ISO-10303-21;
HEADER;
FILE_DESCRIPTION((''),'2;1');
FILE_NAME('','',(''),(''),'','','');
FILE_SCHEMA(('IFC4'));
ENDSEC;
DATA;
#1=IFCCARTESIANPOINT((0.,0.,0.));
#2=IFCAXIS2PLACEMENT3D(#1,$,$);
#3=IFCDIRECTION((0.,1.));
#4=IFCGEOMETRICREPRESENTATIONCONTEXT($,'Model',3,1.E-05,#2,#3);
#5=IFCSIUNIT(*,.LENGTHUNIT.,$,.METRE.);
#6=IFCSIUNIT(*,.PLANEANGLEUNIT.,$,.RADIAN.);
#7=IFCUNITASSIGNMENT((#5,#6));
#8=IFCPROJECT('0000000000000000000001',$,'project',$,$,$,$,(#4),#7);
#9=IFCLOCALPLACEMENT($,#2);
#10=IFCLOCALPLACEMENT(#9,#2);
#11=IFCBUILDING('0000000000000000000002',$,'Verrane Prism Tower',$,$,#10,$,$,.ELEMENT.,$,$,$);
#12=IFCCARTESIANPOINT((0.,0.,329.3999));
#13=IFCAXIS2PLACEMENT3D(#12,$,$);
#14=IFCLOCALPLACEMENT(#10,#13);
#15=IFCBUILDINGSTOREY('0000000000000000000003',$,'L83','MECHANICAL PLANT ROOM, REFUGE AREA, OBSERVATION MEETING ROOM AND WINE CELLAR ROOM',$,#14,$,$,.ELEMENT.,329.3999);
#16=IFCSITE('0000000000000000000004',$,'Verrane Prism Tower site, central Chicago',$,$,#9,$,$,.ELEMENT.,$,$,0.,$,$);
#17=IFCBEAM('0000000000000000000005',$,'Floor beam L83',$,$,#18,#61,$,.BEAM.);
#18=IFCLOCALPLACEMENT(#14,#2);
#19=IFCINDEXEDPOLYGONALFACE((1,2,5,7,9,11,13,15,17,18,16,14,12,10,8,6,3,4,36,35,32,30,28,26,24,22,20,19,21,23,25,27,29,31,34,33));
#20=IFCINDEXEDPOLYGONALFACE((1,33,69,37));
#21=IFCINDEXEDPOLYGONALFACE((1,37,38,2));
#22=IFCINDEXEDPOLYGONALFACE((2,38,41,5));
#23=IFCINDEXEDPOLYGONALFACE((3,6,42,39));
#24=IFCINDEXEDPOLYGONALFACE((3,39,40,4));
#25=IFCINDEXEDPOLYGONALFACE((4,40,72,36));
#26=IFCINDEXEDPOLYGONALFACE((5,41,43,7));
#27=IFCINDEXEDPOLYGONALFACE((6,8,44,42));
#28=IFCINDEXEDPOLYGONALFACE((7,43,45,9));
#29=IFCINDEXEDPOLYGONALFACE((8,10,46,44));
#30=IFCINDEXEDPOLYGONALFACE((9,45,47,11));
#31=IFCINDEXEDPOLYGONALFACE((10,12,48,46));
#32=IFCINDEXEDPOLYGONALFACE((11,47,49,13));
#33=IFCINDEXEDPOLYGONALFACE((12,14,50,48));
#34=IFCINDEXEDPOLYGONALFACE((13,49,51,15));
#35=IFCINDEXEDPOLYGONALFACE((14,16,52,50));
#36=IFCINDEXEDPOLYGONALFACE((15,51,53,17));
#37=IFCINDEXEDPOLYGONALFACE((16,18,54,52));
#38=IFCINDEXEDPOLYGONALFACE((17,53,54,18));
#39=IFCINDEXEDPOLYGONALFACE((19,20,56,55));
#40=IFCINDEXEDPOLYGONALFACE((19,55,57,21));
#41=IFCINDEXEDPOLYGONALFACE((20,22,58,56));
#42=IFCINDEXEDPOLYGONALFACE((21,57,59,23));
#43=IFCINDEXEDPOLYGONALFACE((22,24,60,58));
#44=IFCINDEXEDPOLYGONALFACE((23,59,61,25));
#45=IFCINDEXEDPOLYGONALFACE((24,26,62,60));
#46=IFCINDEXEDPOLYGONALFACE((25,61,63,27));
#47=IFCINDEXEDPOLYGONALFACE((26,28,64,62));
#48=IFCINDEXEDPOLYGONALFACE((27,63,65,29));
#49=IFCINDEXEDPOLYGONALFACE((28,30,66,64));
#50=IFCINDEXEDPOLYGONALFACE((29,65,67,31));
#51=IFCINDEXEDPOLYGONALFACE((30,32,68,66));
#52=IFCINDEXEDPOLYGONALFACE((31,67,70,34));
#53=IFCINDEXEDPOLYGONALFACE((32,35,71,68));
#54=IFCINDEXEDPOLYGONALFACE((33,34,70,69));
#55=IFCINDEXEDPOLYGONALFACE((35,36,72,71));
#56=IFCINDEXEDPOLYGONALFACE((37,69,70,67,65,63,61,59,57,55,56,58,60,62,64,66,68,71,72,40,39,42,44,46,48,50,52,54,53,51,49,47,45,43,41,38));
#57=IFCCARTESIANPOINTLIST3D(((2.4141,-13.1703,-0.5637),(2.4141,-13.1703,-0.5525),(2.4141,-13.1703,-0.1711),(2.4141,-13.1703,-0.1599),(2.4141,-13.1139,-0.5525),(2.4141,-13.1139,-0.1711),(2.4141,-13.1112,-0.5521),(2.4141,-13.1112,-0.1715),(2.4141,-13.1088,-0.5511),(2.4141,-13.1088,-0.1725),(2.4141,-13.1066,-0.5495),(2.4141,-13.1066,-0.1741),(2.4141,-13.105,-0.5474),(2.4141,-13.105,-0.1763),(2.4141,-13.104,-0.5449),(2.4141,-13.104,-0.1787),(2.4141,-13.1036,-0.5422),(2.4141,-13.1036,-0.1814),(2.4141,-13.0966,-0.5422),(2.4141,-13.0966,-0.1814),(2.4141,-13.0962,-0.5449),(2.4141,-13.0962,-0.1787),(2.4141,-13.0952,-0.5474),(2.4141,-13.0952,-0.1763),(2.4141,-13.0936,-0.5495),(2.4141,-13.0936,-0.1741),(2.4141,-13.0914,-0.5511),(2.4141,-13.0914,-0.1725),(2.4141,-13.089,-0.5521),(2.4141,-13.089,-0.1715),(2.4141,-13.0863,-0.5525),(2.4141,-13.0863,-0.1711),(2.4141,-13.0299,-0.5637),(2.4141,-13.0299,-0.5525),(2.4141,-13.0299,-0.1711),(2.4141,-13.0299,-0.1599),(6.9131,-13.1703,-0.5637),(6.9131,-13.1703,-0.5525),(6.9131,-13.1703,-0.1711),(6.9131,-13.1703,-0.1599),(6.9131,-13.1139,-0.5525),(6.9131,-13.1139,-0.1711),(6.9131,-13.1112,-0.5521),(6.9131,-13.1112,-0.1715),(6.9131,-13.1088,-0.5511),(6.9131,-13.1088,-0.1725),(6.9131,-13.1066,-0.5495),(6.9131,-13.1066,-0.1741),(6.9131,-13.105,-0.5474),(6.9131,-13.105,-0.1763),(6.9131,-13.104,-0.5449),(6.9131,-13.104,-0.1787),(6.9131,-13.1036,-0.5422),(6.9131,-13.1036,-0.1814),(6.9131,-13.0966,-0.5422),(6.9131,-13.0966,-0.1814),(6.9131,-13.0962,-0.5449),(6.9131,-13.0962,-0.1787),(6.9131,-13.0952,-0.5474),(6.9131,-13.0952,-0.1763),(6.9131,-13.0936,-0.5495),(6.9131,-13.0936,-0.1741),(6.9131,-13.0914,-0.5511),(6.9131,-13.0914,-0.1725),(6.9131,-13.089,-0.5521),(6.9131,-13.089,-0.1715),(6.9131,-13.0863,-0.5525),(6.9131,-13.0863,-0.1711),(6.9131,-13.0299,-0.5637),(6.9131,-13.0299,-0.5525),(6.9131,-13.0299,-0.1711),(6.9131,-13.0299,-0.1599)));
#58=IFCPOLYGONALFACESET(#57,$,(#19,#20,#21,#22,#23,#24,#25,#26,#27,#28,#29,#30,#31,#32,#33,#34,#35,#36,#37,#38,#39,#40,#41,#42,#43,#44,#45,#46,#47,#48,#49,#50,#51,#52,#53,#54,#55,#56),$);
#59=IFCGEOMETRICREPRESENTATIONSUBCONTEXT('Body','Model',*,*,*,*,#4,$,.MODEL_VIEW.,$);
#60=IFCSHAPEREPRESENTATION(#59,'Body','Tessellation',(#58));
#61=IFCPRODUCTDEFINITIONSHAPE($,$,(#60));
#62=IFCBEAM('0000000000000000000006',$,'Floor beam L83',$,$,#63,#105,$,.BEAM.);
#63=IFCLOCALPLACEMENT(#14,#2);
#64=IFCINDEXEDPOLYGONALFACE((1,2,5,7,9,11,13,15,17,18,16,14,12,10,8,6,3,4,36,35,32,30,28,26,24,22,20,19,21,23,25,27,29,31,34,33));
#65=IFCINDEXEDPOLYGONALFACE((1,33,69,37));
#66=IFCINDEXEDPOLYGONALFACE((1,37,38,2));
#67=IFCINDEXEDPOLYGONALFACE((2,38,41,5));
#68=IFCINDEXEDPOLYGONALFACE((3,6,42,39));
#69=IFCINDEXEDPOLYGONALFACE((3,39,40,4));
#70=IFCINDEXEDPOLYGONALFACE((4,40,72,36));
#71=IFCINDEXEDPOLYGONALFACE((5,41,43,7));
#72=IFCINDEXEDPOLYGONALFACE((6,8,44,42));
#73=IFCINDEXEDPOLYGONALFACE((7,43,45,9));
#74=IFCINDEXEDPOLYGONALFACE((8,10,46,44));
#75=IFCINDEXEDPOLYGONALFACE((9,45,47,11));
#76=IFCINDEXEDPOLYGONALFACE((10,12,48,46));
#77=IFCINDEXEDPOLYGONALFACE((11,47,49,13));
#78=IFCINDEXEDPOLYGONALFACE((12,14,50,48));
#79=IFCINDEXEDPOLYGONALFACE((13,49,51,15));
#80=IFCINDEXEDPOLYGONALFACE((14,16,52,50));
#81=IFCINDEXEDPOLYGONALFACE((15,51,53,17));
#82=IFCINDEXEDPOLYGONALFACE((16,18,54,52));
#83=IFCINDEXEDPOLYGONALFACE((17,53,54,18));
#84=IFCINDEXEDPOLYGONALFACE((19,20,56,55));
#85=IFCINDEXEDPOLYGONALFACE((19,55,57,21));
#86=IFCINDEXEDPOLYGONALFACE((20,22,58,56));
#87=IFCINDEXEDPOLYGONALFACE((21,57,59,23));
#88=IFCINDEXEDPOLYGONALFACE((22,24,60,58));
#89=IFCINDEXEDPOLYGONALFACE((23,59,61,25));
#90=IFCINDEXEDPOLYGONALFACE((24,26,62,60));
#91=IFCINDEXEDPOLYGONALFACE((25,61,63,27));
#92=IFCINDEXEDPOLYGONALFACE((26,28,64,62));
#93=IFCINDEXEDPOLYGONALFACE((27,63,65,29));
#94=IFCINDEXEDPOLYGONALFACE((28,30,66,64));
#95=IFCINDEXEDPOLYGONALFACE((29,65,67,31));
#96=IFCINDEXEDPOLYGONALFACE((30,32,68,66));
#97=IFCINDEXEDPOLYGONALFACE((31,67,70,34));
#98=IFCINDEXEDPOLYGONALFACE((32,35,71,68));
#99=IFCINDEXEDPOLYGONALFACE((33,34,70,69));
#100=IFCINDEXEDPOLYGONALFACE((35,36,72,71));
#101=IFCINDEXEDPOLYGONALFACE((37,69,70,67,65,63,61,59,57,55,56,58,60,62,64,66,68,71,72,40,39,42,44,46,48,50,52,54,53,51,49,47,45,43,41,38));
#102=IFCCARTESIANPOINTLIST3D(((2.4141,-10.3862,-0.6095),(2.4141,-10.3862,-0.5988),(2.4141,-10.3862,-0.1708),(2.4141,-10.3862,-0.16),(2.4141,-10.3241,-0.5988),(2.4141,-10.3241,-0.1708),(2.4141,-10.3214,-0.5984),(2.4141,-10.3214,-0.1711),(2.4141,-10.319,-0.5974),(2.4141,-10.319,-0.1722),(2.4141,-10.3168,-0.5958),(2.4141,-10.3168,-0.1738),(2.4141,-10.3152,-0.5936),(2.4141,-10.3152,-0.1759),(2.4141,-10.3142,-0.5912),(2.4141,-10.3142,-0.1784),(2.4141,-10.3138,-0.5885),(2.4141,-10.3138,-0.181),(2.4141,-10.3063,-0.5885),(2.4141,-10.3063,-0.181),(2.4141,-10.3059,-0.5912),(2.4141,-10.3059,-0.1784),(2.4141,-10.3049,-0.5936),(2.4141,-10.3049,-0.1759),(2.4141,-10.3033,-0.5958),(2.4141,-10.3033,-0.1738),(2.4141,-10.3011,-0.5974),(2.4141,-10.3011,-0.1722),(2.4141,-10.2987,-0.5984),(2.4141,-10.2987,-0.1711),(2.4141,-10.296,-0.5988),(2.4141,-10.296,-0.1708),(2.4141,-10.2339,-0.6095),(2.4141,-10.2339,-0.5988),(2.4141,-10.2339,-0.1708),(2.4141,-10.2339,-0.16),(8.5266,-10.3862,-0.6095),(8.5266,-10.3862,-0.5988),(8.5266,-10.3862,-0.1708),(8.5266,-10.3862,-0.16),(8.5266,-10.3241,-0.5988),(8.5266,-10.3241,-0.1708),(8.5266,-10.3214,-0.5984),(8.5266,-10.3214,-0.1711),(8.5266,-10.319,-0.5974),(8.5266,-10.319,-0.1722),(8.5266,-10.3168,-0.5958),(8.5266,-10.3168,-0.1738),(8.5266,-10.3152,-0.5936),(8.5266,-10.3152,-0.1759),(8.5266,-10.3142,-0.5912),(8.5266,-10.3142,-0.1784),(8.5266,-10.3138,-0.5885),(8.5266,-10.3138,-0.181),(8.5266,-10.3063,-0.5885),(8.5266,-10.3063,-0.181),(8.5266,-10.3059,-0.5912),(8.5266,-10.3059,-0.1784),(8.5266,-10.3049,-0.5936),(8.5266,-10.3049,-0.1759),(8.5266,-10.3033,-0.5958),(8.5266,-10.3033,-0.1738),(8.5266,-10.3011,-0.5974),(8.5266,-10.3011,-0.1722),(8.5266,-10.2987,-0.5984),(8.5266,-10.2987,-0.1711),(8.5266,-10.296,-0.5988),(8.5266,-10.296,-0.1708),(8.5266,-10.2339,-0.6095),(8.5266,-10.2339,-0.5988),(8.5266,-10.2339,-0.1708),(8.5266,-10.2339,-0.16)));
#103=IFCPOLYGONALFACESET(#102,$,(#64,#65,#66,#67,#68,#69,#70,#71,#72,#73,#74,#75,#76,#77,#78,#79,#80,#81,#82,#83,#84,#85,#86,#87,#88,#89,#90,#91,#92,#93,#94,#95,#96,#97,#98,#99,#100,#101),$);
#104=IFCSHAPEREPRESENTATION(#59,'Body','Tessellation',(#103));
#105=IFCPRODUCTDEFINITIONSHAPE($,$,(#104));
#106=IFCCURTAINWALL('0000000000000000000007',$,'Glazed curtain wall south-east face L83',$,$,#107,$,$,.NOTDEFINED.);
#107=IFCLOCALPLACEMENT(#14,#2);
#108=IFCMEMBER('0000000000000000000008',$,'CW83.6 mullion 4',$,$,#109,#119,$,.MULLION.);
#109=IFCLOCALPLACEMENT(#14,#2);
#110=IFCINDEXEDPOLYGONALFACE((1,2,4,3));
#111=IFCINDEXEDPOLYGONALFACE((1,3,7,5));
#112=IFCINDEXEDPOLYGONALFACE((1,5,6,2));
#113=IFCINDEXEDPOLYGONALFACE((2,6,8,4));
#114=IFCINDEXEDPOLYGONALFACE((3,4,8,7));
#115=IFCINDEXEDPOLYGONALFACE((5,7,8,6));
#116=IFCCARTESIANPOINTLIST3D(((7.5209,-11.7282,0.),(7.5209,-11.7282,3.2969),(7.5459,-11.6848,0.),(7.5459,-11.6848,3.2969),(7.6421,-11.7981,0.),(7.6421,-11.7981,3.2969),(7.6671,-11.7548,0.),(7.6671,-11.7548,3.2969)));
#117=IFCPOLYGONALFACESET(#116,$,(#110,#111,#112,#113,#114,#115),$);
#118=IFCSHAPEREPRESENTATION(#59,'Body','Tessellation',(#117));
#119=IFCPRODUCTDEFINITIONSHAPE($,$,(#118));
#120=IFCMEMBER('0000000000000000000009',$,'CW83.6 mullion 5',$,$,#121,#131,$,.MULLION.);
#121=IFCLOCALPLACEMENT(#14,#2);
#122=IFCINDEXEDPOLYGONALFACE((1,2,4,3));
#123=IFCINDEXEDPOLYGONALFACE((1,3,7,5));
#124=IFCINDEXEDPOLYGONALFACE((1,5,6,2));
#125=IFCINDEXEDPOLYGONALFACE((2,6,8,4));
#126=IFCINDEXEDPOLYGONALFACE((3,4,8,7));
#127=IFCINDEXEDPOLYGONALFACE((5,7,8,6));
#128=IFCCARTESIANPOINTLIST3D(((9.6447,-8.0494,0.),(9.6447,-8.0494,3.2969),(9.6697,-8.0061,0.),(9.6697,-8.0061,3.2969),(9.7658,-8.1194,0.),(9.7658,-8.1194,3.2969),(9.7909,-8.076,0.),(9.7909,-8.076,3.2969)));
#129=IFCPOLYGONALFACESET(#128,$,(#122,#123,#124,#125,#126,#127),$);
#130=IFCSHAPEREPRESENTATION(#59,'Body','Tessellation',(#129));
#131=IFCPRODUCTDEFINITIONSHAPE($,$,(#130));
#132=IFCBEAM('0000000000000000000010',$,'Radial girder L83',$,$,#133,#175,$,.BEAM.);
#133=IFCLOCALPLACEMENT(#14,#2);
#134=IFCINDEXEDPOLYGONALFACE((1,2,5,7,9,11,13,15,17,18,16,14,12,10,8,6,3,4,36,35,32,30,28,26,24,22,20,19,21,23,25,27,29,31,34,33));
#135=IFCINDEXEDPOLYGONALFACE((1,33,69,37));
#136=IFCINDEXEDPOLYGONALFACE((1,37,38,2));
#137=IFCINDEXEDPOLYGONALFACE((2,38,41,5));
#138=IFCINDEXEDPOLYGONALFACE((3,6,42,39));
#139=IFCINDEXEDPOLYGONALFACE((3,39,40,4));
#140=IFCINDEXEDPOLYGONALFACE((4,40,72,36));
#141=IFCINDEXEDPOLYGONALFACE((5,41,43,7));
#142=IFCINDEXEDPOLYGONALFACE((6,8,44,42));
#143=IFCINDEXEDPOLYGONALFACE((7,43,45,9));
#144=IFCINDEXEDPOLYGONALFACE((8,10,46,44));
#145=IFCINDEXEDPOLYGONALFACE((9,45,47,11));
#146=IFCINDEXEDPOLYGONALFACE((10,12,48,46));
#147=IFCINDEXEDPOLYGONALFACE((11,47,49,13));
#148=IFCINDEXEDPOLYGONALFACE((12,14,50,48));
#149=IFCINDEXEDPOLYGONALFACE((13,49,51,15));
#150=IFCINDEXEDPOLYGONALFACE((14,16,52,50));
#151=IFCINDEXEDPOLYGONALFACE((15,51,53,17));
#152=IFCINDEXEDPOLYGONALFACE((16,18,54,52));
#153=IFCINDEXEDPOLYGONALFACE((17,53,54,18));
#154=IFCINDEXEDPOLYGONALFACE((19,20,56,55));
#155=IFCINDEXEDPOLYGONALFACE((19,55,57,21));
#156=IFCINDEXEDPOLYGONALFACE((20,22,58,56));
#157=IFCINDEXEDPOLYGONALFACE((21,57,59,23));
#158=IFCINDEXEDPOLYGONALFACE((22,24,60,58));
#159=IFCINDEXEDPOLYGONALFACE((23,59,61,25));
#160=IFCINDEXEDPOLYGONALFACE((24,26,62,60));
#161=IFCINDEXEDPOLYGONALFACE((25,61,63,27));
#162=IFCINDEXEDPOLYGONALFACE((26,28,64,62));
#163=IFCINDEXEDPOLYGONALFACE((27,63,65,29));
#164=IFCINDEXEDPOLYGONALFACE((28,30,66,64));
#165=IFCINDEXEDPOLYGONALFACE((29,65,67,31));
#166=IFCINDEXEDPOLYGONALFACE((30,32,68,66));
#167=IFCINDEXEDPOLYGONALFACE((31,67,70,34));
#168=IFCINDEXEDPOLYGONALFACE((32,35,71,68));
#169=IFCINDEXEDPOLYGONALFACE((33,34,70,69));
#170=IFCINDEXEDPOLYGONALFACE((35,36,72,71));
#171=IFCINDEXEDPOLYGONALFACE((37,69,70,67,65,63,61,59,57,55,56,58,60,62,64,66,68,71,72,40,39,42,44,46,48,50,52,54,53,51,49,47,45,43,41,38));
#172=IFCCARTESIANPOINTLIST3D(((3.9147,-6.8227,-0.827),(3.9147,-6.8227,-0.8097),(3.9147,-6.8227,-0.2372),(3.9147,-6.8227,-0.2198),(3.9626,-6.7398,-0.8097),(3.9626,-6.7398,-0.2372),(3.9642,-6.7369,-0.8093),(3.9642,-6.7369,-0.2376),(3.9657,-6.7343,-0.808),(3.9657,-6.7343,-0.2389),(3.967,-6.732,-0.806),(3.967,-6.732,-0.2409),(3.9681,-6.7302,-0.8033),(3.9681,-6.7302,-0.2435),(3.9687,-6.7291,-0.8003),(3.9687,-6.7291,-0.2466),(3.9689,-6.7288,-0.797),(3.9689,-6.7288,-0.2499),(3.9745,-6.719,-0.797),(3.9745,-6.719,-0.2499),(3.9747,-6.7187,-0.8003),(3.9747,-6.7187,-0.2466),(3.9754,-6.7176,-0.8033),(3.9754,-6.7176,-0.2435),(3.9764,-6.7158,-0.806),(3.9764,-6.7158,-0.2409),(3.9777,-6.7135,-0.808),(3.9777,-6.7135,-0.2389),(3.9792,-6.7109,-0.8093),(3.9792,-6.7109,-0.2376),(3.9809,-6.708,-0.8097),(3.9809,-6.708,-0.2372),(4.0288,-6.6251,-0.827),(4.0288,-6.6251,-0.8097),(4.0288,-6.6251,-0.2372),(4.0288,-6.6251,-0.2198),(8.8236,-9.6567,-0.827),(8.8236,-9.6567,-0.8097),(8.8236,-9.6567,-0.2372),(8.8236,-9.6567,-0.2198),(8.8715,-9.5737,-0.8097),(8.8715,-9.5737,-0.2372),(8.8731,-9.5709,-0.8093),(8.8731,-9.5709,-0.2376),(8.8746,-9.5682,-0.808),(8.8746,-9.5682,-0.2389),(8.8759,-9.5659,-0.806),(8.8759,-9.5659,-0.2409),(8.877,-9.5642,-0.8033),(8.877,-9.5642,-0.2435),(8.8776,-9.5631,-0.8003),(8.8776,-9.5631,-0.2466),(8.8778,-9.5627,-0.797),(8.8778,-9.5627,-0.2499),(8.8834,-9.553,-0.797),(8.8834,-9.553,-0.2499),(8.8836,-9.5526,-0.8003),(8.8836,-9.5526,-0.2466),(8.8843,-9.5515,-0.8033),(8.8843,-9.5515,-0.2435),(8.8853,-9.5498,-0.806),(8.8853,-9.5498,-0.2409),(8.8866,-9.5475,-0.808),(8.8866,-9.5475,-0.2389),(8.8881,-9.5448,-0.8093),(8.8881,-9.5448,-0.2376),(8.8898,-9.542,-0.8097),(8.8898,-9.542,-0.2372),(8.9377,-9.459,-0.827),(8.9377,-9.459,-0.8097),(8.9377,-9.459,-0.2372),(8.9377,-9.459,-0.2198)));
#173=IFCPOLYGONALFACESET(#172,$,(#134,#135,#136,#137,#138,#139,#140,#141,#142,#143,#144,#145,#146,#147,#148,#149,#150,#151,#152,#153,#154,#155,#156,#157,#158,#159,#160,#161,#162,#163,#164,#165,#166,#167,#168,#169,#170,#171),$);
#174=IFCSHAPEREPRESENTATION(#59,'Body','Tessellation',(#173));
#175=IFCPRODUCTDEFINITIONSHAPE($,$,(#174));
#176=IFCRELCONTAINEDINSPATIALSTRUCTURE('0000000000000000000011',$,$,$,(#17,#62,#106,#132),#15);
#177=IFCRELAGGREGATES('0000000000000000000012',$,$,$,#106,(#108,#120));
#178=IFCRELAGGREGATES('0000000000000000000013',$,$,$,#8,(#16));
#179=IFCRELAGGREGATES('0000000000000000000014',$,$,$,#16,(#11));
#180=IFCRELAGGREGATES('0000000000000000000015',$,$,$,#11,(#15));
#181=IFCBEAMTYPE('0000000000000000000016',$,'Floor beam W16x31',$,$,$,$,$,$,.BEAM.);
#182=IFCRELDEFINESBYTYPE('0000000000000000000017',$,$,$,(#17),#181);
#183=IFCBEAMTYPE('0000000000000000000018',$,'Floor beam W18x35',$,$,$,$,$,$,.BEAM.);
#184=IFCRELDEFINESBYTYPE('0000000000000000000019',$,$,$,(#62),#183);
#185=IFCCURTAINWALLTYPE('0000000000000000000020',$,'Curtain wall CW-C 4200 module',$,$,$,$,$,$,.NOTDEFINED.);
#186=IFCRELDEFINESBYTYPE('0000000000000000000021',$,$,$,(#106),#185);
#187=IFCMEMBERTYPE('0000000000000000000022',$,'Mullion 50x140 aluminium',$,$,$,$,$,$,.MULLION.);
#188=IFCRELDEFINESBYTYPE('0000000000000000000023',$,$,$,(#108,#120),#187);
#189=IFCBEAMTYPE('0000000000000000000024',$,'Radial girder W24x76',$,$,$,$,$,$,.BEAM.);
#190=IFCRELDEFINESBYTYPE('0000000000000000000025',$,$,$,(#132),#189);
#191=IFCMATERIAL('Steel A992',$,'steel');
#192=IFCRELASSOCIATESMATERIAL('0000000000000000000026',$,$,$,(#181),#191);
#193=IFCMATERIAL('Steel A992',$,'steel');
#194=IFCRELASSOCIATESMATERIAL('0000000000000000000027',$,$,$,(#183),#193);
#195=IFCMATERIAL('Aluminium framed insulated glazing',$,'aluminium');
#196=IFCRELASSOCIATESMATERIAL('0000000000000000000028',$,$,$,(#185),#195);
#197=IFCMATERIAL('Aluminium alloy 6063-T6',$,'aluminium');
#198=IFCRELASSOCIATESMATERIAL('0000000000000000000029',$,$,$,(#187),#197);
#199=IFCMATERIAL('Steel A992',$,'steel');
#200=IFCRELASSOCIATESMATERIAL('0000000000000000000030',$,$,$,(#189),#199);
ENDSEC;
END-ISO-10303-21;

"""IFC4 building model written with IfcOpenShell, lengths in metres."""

from ifc_helpers import new_model, si_unit, direction, frame, origin, origin_2d, place, context, subcontext, project, spatial, rectangle, i_section, extrude, material, material_profile, profile_set, type_object, element, aggregate, save


model = new_model("IFC4")

# Units and contexts
model_context = context("Model", 3, precision=1e-05, world=origin(), true_north=direction((0.0, 1.0)))
body_context = subcontext(model_context, "Body", "Model", "MODEL_VIEW")
ifc_project = project(units=[si_unit("LENGTHUNIT", "METRE"), si_unit("PLANEANGLEUNIT", "RADIAN")], contexts=[model_context])

# Site, building, storey
site_placement = place(None, origin())
site = spatial("IfcSite", under=ifc_project, at=site_placement, Name="Verrane Prism Tower site, central Chicago", CompositionType="ELEMENT", RefElevation=0.0)
building_placement = place(site_placement, origin())
building = spatial("IfcBuilding", under=site, at=building_placement, Name="Verrane Prism Tower", CompositionType="ELEMENT")
storey_placement = place(building_placement, frame((0.0, 0.0, 329.3999)))
storey = spatial("IfcBuildingStorey", under=building, at=storey_placement, Name="L83", Description="MECHANICAL PLANT ROOM, REFUGE AREA, OBSERVATION MEETING ROOM AND WINE CELLAR ROOM", CompositionType="ELEMENT", Elevation=329.3999)

# Beams
ifc_material_1 = material(Name="Steel A992", Category="steel")
ifc_material_profile_1 = material_profile(ifc_material_1, i_section(OverallWidth=0.1404, OverallDepth=0.4038, WebThickness=0.0071, FlangeThickness=0.0112, FilletRadius=0.0103, at=origin_2d()), Name="W16x31")
ifc_profile_set_1 = profile_set([ifc_material_profile_1], Name="Steel A992")
beam_type_1 = type_object("IfcBeamType", Name="Floor beam W16x31", PredefinedType="BEAM", material=ifc_profile_set_1)
beam_1_placement = place(storey_placement, frame((2.4141, -13.1001, -0.3618), z_axis=(1.0, 0.0, 0.0), x_axis=(0.0, 1.0, 0.0)))
element("IfcBeam", 1, at=beam_1_placement, inside=storey, type_object=beam_type_1, Name="Floor beam L83", PredefinedType="BEAM", context=body_context, shape_type="SweptSolid", body=[
    extrude(i_section(OverallWidth=0.1404, OverallDepth=0.4038, WebThickness=0.0071, FlangeThickness=0.0112, FilletRadius=0.0103, at=origin_2d()), origin(), (0.0, 0.0, 1.0), 4.499),
])
ifc_material_2 = material(Name="Steel A992", Category="steel")
ifc_material_profile_2 = material_profile(ifc_material_2, i_section(OverallWidth=0.1523, OverallDepth=0.4495, WebThickness=0.0076, FlangeThickness=0.0107, FilletRadius=0.0103, at=origin_2d()), Name="W18x35")
ifc_profile_set_2 = profile_set([ifc_material_profile_2], Name="Steel A992")
beam_type_2 = type_object("IfcBeamType", Name="Floor beam W18x35", PredefinedType="BEAM", material=ifc_profile_set_2)
beam_2_placement = place(storey_placement, frame((2.4141, -10.3101, -0.3848), z_axis=(1.0, 0.0, 0.0), x_axis=(0.0, 1.0, 0.0)))
element("IfcBeam", 2, at=beam_2_placement, inside=storey, type_object=beam_type_2, Name="Floor beam L83", PredefinedType="BEAM", context=body_context, shape_type="SweptSolid", body=[
    extrude(i_section(OverallWidth=0.1523, OverallDepth=0.4495, WebThickness=0.0076, FlangeThickness=0.0107, FilletRadius=0.0103, at=origin_2d()), origin(), (0.0, 0.0, 1.0), 6.1125),
])

# Curtain wall, members
ifc_material_3 = material(Name="Aluminium framed insulated glazing", Category="aluminium")
curtain_wall_type = type_object("IfcCurtainWallType", Name="Curtain wall CW-C 4200 module", PredefinedType="NOTDEFINED", material=ifc_material_3)
curtain_wall_placement = place(storey_placement, origin())
curtain_wall = element("IfcCurtainWall", 3, at=curtain_wall_placement, inside=storey, type_object=curtain_wall_type, Name="Glazed curtain wall south-east face L83", PredefinedType="NOTDEFINED")
ifc_material_4 = material(Name="Aluminium alloy 6063-T6", Category="aluminium")
ifc_material_profile_3 = material_profile(ifc_material_4, rectangle(XDim=0.1399, YDim=0.05, at=origin_2d()), Name="Mullion 50x140 aluminium")
ifc_profile_set_3 = profile_set([ifc_material_profile_3], Name="Aluminium alloy 6063-T6")
member_type_1 = type_object("IfcMemberType", Name="Mullion 50x140 aluminium", PredefinedType="MULLION", material=ifc_profile_set_3)
member_1_placement = place(storey_placement, frame((7.594, -11.7415, 0.0), z_axis=(0.0, 0.0, 1.0), x_axis=(-0.866025, 0.5, 0.0)))
member_1 = element("IfcMember", 4, at=member_1_placement, type_object=member_type_1, Name="CW83.6 mullion 4", PredefinedType="MULLION", context=body_context, shape_type="SweptSolid", body=[
    extrude(rectangle(XDim=0.1399, YDim=0.05, at=origin_2d()), origin(), (0.0, 0.0, 1.0), 3.2969),
])
member_2_placement = place(storey_placement, frame((9.7178, -8.0627, 0.0), z_axis=(0.0, 0.0, 1.0), x_axis=(-0.866025, 0.5, 0.0)))
member_2 = element("IfcMember", 5, at=member_2_placement, type_object=member_type_1, Name="CW83.6 mullion 5", PredefinedType="MULLION", context=body_context, shape_type="SweptSolid", body=[
    extrude(rectangle(XDim=0.1399, YDim=0.05, at=origin_2d()), origin(), (0.0, 0.0, 1.0), 3.2969),
])

# Beam
ifc_material_5 = material(Name="Steel A992", Category="steel")
ifc_material_profile_4 = material_profile(ifc_material_5, i_section(OverallWidth=0.2283, OverallDepth=0.6072, WebThickness=0.0112, FlangeThickness=0.0173, FilletRadius=0.0127, at=origin_2d()), Name="W24x76")
ifc_profile_set_4 = profile_set([ifc_material_profile_4], Name="Steel A992")
beam_type_3 = type_object("IfcBeamType", Name="Radial girder W24x76", PredefinedType="BEAM", material=ifc_profile_set_4)
beam_3_placement = place(storey_placement, frame((8.8806, -9.5579, -0.5234), z_axis=(-0.86604, 0.499975, 0.0), x_axis=(-0.499975, -0.86604, 0.0)))
element("IfcBeam", 6, at=beam_3_placement, inside=storey, type_object=beam_type_3, Name="Radial girder L83", PredefinedType="BEAM", context=body_context, shape_type="SweptSolid", body=[
    extrude(i_section(OverallWidth=0.2283, OverallDepth=0.6072, WebThickness=0.0112, FlangeThickness=0.0173, FilletRadius=0.0127, at=origin_2d()), origin(), (0.0, 0.0, 1.0), 5.6682),
])

aggregate(curtain_wall, [member_1, member_2])

save(model, "model.ifc")
